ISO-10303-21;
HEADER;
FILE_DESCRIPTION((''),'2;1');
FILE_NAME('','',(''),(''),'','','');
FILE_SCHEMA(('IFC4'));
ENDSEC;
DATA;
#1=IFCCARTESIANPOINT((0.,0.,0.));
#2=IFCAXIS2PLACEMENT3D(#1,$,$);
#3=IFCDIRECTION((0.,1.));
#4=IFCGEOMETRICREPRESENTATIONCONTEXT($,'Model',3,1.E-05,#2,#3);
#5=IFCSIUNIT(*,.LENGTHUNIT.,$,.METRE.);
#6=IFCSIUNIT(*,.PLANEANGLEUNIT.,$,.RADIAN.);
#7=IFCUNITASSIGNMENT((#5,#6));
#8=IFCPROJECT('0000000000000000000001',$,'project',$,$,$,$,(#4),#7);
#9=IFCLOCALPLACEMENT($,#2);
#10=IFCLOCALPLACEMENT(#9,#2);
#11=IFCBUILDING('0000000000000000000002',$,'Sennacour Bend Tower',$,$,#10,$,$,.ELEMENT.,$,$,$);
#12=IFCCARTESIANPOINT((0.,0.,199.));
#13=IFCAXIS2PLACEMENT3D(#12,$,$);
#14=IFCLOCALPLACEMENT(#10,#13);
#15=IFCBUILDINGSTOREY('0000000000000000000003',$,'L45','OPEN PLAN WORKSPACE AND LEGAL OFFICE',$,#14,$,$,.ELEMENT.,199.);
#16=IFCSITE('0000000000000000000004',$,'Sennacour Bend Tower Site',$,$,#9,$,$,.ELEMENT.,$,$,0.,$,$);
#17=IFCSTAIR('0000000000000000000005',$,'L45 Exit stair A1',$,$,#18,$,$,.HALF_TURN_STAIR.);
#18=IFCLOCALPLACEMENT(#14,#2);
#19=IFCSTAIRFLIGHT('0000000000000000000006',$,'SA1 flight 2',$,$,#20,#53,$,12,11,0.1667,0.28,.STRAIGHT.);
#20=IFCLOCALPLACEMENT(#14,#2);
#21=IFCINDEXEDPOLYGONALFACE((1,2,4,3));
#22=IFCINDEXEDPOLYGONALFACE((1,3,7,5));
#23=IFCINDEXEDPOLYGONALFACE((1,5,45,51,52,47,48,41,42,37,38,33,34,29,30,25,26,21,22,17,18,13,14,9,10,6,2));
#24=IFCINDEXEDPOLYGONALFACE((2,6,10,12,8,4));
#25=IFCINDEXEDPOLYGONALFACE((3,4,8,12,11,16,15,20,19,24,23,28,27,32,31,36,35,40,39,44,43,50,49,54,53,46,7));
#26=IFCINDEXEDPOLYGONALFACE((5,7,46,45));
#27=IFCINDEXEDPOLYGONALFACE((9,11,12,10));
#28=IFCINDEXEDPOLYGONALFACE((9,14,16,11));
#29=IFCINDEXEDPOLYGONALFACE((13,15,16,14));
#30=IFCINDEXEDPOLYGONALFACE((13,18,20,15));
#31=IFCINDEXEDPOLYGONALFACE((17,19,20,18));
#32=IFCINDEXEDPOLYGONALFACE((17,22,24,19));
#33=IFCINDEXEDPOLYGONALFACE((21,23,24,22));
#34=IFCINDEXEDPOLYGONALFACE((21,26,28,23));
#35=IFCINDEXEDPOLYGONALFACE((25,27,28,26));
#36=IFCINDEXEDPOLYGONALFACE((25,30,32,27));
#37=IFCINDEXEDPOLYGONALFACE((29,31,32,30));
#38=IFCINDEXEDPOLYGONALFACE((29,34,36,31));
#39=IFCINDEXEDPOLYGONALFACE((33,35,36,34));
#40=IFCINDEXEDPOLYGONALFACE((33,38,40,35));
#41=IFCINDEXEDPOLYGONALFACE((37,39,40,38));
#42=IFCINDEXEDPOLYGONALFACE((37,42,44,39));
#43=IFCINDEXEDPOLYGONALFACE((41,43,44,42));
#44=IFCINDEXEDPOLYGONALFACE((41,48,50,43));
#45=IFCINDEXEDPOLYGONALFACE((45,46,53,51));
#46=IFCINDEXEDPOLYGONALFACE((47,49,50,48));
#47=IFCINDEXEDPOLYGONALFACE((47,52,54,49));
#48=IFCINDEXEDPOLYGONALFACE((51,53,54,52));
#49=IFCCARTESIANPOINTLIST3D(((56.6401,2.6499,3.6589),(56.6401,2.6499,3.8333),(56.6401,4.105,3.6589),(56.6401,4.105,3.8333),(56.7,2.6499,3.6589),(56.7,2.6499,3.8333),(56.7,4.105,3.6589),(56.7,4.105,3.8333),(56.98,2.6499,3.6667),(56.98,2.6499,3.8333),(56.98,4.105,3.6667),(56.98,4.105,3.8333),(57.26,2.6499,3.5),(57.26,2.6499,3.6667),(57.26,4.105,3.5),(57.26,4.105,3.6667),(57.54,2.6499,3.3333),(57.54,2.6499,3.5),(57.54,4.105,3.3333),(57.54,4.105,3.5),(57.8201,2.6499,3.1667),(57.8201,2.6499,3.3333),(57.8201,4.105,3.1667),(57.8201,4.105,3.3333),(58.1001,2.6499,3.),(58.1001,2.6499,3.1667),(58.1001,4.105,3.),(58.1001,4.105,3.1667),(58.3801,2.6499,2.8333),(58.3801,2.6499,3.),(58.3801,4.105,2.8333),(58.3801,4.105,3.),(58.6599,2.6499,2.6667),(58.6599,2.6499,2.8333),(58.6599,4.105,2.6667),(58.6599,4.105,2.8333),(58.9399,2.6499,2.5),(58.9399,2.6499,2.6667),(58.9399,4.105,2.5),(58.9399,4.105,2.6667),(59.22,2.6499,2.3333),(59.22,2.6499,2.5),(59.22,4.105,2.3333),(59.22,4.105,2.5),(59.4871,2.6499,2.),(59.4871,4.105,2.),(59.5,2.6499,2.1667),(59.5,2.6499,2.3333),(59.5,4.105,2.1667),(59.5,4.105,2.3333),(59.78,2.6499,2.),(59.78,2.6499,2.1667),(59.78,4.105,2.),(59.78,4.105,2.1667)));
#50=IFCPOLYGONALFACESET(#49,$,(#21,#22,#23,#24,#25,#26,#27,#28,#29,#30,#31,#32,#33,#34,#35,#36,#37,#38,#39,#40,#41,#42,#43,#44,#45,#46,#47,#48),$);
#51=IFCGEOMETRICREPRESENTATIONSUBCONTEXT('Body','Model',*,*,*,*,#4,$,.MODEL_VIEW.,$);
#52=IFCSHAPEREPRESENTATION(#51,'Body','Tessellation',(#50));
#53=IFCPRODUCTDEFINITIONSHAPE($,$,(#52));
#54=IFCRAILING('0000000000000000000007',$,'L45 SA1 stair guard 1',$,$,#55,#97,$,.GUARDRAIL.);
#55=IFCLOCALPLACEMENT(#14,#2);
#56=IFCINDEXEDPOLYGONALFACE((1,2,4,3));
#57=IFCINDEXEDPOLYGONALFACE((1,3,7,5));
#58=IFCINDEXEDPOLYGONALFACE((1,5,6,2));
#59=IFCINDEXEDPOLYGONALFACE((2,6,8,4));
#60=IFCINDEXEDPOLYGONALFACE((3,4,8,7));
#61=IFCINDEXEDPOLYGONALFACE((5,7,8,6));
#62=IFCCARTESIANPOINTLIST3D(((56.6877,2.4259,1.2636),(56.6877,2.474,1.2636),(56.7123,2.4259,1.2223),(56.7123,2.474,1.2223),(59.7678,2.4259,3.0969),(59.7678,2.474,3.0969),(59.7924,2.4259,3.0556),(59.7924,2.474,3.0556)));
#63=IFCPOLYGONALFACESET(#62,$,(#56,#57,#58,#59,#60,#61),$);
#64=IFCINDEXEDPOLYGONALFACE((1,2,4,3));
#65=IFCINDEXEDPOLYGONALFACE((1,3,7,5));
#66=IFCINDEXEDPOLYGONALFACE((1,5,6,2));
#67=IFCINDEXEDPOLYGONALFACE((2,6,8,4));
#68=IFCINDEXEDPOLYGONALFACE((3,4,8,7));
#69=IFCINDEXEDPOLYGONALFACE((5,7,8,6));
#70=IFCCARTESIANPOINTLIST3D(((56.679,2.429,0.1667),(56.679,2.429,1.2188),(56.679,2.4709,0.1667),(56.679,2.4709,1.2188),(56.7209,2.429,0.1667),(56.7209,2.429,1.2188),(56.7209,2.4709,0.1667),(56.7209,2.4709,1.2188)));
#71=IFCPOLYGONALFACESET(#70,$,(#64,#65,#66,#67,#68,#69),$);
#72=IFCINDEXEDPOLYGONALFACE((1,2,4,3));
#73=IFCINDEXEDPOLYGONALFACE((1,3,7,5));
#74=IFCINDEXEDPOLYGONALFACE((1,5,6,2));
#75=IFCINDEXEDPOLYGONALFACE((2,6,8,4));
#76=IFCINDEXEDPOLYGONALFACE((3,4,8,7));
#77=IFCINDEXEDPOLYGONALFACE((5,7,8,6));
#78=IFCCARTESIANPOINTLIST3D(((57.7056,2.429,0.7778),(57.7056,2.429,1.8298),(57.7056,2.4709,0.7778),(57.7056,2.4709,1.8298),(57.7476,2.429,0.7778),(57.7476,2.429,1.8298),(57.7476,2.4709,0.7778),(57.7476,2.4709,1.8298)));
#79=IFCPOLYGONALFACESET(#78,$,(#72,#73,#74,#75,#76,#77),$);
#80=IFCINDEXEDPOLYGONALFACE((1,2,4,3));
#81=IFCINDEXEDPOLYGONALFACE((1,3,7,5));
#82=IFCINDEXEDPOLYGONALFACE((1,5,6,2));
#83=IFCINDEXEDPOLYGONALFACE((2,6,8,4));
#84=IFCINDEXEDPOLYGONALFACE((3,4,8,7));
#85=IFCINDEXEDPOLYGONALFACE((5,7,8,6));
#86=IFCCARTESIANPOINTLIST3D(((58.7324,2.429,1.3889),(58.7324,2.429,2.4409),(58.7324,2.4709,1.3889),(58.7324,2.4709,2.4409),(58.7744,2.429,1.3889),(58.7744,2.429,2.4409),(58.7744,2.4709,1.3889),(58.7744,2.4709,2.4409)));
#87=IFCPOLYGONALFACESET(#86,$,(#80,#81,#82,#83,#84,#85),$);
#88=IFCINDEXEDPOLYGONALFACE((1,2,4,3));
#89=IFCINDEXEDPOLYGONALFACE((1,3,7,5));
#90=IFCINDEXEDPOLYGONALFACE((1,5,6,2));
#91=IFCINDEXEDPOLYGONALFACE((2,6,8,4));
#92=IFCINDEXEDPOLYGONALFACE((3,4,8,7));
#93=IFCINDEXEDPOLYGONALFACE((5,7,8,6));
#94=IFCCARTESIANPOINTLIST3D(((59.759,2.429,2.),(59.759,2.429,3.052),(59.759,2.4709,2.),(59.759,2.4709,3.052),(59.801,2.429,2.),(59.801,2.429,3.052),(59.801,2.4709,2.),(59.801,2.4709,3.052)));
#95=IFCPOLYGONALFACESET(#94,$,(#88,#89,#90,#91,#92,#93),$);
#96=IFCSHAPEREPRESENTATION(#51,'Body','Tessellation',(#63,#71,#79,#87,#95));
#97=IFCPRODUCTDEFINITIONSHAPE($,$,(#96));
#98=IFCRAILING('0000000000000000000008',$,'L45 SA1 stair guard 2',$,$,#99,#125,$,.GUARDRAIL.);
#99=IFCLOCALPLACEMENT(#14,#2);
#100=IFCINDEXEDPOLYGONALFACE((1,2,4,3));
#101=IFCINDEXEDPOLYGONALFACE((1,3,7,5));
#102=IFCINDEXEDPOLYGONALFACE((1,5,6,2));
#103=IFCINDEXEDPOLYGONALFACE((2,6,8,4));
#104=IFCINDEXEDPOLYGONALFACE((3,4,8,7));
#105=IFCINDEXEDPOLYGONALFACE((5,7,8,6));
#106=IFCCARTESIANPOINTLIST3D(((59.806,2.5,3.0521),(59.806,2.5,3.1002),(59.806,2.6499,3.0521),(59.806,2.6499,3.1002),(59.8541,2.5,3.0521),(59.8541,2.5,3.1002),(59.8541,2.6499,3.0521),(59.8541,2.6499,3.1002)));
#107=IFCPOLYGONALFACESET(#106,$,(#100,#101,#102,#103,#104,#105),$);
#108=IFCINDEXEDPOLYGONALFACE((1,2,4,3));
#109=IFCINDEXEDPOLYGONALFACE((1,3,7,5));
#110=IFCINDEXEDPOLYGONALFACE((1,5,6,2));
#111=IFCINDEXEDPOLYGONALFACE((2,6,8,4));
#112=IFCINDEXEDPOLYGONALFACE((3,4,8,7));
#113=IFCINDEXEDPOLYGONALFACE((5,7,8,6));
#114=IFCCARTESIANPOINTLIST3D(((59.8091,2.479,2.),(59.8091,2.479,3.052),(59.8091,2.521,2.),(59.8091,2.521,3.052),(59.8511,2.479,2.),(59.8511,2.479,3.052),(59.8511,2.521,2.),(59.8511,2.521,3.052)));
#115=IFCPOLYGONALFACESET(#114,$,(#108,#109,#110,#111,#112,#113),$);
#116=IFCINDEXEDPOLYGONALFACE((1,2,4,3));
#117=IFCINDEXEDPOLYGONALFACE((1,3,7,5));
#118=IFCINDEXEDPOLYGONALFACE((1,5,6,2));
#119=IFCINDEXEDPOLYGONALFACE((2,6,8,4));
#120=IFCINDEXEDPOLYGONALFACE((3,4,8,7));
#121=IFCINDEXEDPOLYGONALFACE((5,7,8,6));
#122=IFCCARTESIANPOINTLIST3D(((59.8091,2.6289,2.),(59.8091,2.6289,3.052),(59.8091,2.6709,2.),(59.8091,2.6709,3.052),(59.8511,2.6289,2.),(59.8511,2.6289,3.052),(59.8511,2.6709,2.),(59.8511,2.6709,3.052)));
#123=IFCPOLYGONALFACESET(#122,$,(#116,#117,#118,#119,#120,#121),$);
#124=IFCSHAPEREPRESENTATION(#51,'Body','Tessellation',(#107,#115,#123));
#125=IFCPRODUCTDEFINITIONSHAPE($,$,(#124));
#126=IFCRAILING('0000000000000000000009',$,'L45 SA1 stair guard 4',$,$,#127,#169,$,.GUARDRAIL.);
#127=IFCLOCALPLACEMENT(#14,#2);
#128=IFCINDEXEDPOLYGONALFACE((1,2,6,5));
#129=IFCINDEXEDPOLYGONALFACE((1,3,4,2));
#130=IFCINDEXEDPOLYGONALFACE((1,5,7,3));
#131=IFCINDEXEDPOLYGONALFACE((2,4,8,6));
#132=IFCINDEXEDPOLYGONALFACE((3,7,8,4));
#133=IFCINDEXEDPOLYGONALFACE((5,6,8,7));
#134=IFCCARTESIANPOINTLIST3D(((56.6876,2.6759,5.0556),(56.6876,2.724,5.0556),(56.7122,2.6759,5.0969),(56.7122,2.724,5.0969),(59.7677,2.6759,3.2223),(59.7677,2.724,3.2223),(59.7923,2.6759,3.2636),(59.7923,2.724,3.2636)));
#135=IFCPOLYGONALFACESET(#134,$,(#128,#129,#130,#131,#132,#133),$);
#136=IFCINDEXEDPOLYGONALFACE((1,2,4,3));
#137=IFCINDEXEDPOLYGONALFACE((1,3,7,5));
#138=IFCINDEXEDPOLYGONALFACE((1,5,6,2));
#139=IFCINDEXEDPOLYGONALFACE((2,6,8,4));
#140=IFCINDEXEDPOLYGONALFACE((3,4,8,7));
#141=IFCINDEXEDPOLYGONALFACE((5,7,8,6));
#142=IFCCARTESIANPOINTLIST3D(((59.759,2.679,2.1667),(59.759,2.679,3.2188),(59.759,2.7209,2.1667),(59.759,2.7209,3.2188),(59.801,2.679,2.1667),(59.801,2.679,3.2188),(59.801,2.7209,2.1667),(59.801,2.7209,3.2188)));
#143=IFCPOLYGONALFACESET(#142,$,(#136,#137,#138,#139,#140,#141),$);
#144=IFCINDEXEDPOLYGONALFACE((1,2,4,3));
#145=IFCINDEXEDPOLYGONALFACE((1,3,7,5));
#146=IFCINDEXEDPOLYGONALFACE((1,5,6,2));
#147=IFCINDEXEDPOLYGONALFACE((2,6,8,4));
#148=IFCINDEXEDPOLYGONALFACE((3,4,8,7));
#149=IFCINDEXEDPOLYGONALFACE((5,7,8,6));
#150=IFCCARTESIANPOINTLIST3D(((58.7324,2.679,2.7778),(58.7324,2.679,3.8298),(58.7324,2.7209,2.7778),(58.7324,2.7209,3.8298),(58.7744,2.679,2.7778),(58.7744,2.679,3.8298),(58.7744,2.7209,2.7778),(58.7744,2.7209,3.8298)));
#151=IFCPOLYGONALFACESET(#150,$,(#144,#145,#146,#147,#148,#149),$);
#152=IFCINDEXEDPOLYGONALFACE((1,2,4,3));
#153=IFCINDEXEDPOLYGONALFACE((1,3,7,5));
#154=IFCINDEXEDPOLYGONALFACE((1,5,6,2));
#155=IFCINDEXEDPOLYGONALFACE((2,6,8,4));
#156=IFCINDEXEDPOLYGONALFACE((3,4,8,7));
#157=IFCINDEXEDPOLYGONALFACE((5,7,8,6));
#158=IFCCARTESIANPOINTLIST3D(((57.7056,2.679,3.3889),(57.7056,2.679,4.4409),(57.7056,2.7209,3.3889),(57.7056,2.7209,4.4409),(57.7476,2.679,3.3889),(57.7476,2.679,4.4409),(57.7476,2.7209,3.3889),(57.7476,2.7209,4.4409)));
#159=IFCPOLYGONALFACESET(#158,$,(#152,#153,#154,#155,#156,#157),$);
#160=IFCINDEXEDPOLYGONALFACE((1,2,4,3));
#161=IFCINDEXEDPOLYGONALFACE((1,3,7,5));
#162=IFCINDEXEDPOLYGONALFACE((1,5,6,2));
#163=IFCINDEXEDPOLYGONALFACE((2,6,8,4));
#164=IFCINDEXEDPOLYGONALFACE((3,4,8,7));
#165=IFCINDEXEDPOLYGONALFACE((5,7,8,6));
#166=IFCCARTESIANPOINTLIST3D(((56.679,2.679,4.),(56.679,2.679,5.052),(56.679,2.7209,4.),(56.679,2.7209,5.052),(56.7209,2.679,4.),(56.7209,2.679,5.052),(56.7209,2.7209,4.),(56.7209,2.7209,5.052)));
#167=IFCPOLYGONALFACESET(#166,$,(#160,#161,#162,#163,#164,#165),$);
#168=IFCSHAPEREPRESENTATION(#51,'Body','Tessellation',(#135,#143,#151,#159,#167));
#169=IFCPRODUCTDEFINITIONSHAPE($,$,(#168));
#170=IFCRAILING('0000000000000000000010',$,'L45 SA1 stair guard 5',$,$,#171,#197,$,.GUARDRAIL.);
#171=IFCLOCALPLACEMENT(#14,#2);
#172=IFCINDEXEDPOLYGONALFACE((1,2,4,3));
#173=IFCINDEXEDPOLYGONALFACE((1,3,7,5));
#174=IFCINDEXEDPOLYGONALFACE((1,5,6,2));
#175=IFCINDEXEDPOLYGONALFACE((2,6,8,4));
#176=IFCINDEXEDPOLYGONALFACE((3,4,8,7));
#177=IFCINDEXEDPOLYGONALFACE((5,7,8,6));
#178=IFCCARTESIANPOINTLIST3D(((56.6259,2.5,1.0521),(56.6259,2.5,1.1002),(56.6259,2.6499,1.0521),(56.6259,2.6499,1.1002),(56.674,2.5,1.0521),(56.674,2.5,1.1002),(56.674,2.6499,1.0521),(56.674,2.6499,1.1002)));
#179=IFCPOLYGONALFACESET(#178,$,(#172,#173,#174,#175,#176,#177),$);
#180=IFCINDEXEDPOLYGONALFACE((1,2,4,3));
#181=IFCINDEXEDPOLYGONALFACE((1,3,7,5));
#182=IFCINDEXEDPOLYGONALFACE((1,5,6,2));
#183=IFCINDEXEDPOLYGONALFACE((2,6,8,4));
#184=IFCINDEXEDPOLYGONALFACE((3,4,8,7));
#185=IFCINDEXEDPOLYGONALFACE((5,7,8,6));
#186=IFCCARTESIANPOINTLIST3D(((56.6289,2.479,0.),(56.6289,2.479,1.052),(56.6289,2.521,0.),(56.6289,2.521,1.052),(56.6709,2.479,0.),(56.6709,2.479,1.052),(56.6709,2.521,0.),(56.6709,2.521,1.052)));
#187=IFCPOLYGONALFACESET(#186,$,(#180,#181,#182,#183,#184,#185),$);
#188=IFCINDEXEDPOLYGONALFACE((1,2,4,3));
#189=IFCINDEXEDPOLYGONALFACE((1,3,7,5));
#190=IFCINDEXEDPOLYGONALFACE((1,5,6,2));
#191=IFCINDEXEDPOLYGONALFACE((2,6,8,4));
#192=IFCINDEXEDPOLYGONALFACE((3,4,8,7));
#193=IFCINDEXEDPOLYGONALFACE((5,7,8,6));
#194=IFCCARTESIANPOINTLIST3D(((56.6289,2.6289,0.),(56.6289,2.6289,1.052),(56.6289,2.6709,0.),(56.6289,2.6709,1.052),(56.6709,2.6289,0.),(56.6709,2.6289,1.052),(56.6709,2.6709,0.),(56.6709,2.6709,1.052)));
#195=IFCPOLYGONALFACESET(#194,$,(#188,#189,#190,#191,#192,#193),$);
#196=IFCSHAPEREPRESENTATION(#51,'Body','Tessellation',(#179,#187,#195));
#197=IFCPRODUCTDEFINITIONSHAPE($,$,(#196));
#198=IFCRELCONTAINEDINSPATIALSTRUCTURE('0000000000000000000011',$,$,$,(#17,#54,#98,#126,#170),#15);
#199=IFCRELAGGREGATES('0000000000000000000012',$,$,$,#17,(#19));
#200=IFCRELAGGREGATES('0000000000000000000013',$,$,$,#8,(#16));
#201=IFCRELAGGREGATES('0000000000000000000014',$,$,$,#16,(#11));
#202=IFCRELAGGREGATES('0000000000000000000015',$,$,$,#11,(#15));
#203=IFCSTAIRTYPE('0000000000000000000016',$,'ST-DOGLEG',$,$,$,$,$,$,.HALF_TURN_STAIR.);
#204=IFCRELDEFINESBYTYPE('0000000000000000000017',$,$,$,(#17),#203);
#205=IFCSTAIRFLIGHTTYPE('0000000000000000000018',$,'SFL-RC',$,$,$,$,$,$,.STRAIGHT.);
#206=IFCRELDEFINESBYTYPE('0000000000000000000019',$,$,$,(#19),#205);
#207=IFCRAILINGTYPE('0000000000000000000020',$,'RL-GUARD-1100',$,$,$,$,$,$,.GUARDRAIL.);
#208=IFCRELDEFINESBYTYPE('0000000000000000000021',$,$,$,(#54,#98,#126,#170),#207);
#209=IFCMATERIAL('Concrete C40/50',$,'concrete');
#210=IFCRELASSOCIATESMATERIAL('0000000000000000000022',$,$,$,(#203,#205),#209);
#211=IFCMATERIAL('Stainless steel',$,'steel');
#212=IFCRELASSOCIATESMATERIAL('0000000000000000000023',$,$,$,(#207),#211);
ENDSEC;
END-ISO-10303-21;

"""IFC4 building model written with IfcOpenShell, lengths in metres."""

from ifc_helpers import new_model, si_unit, direction, frame, origin, origin_2d, place, context, subcontext, project, spatial, polyline, rectangle, outline, extrude, material, type_object, element, aggregate, save


model = new_model("IFC4")

# Units and contexts
model_context = context("Model", 3, precision=1e-05, world=origin(), true_north=direction((0.0, 1.0)))
body_context = subcontext(model_context, "Body", "Model", "MODEL_VIEW")
ifc_project = project(units=[si_unit("LENGTHUNIT", "METRE"), si_unit("PLANEANGLEUNIT", "RADIAN")], contexts=[model_context])

# Site, building, storey
site_placement = place(None, origin())
site = spatial("IfcSite", under=ifc_project, at=site_placement, Name="Sennacour Bend Tower Site", CompositionType="ELEMENT", RefElevation=0.0)
building_placement = place(site_placement, origin())
building = spatial("IfcBuilding", under=site, at=building_placement, Name="Sennacour Bend Tower", CompositionType="ELEMENT")
storey_placement = place(building_placement, frame((0.0, 0.0, 199.0)))
storey = spatial("IfcBuildingStorey", under=building, at=storey_placement, Name="L45", Description="OPEN PLAN WORKSPACE AND LEGAL OFFICE", CompositionType="ELEMENT", Elevation=199.0)

# Shared definitions
ifc_material_1 = material(Name="Stainless steel", Category="steel")

# Stair, stair flight
ifc_material_2 = material(Name="Concrete C40/50", Category="concrete")
stair_type = type_object("IfcStairType", Name="ST-DOGLEG", PredefinedType="HALF_TURN_STAIR", material=ifc_material_2)
stair_placement = place(storey_placement, origin())
stair = element("IfcStair", 1, at=stair_placement, inside=storey, type_object=stair_type, Name="L45 Exit stair A1", PredefinedType="HALF_TURN_STAIR")
stair_flight_type = type_object("IfcStairFlightType", Name="SFL-RC", PredefinedType="STRAIGHT", material=ifc_material_2)
stair_flight_1_placement = place(storey_placement, frame((59.78, 3.3774, 2.0), z_axis=(0.0, 0.0, 1.0), x_axis=(-1.0, 0.0, 0.0)))
stair_flight_1 = element("IfcStairFlight", 2, at=stair_flight_1_placement, type_object=stair_flight_type, Name="SA1 flight 2", NumberOfRisers=12, NumberOfTreads=11, PredefinedType="STRAIGHT", RiserHeight=0.1667, TreadLength=0.28, context=body_context, shape_type="SweptSolid", body=[
    extrude(outline(polyline([(0.0, 0.0), (0.0, 0.1667), (0.28, 0.1667), (0.28, 0.3333), (0.5601, 0.3333), (0.5601, 0.5), (0.8401, 0.5), (0.8401, 0.6667), (1.1201, 0.6667), (1.1201, 0.8333), (1.3999, 0.8333), (1.3999, 1.0), (1.6799, 1.0), (1.6799, 1.1667), (1.96, 1.1667), (1.96, 1.3333), (2.24, 1.3333), (2.24, 1.5), (2.52, 1.5), (2.52, 1.6667), (2.8, 1.6667), (2.8, 1.8333), (3.0801, 1.8333), (3.1399, 1.8333), (3.1399, 1.6589), (3.0801, 1.6589), (0.293, 0.0), (0.0, 0.0)])), frame((0.0, 0.7275, 0.0), z_axis=(0.0, -1.0, 0.0), x_axis=(1.0, 0.0, 0.0)), (0.0, 0.0, 1.0), 1.4551),
])
aggregate(stair, [stair_flight_1])

# Railings
railing_type_1 = type_object("IfcRailingType", Name="RL-GUARD-1100", PredefinedType="GUARDRAIL", material=ifc_material_1)
railing_1_placement = place(storey_placement, frame((56.7, 2.45, 0.1667)))
element("IfcRailing", 3, at=railing_1_placement, inside=storey, type_object=railing_type_1, Name="L45 SA1 stair guard 1", PredefinedType="GUARDRAIL", context=body_context, shape_type="SweptSolid", body=[
    extrude(rectangle(XDim=0.0481, YDim=0.0481, at=origin_2d()), frame((0.0, 0.0, 1.0762), z_axis=(0.859309, 0.0, 0.511458), x_axis=(0.0, 1.0, 0.0)), (0.0, 0.0, 1.0), 3.5845),
    extrude(rectangle(XDim=0.042, YDim=0.042, at=origin_2d()), origin(), (0.0, 0.0, 1.0), 1.052),
    extrude(rectangle(XDim=0.042, YDim=0.042, at=origin_2d()), frame((1.0266, 0.0, 0.6111)), (0.0, 0.0, 1.0), 1.052),
    extrude(rectangle(XDim=0.042, YDim=0.042, at=origin_2d()), frame((2.0535, 0.0, 1.2222)), (0.0, 0.0, 1.0), 1.052),
    extrude(rectangle(XDim=0.042, YDim=0.042, at=origin_2d()), frame((3.0801, 0.0, 1.8333)), (0.0, 0.0, 1.0), 1.052),
])
railing_2_placement = place(storey_placement, frame((59.8301, 2.5, 2.0)))
element("IfcRailing", 4, at=railing_2_placement, inside=storey, type_object=railing_type_1, Name="L45 SA1 stair guard 2", PredefinedType="GUARDRAIL", context=body_context, shape_type="SweptSolid", body=[
    extrude(rectangle(XDim=0.0481, YDim=0.0481, at=origin_2d()), frame((0.0, 0.0, 1.0762), z_axis=(0.0, 1.0, 0.0), x_axis=(-1.0, 0.0, 0.0)), (0.0, 0.0, 1.0), 0.1499),
    extrude(rectangle(XDim=0.042, YDim=0.042, at=origin_2d()), origin(), (0.0, 0.0, 1.0), 1.052),
    extrude(rectangle(XDim=0.042, YDim=0.042, at=origin_2d()), frame((0.0, 0.1499, 0.0)), (0.0, 0.0, 1.0), 1.052),
])
railing_3_placement = place(storey_placement, frame((59.78, 2.7, 2.1667)))
element("IfcRailing", 5, at=railing_3_placement, inside=storey, type_object=railing_type_1, Name="L45 SA1 stair guard 4", PredefinedType="GUARDRAIL", context=body_context, shape_type="SweptSolid", body=[
    extrude(rectangle(XDim=0.0481, YDim=0.0481, at=origin_2d()), frame((0.0, 0.0, 1.0762), z_axis=(-0.859309, 0.0, 0.511458), x_axis=(0.0, -1.0, 0.0)), (0.0, 0.0, 1.0), 3.5845),
    extrude(rectangle(XDim=0.042, YDim=0.042, at=origin_2d()), origin(), (0.0, 0.0, 1.0), 1.052),
    extrude(rectangle(XDim=0.042, YDim=0.042, at=origin_2d()), frame((-1.0266, 0.0, 0.6111)), (0.0, 0.0, 1.0), 1.052),
    extrude(rectangle(XDim=0.042, YDim=0.042, at=origin_2d()), frame((-2.0535, 0.0, 1.2222)), (0.0, 0.0, 1.0), 1.052),
    extrude(rectangle(XDim=0.042, YDim=0.042, at=origin_2d()), frame((-3.0801, 0.0, 1.8333)), (0.0, 0.0, 1.0), 1.052),
])
railing_4_placement = place(storey_placement, frame((56.6499, 2.5, 0.0)))
element("IfcRailing", 6, at=railing_4_placement, inside=storey, type_object=railing_type_1, Name="L45 SA1 stair guard 5", PredefinedType="GUARDRAIL", context=body_context, shape_type="SweptSolid", body=[
    extrude(rectangle(XDim=0.0481, YDim=0.0481, at=origin_2d()), frame((0.0, 0.0, 1.0762), z_axis=(0.0, 1.0, 0.0), x_axis=(-1.0, 0.0, 0.0)), (0.0, 0.0, 1.0), 0.1499),
    extrude(rectangle(XDim=0.042, YDim=0.042, at=origin_2d()), origin(), (0.0, 0.0, 1.0), 1.052),
    extrude(rectangle(XDim=0.042, YDim=0.042, at=origin_2d()), frame((0.0, 0.1499, 0.0)), (0.0, 0.0, 1.0), 1.052),
])

save(model, "model.ifc")
